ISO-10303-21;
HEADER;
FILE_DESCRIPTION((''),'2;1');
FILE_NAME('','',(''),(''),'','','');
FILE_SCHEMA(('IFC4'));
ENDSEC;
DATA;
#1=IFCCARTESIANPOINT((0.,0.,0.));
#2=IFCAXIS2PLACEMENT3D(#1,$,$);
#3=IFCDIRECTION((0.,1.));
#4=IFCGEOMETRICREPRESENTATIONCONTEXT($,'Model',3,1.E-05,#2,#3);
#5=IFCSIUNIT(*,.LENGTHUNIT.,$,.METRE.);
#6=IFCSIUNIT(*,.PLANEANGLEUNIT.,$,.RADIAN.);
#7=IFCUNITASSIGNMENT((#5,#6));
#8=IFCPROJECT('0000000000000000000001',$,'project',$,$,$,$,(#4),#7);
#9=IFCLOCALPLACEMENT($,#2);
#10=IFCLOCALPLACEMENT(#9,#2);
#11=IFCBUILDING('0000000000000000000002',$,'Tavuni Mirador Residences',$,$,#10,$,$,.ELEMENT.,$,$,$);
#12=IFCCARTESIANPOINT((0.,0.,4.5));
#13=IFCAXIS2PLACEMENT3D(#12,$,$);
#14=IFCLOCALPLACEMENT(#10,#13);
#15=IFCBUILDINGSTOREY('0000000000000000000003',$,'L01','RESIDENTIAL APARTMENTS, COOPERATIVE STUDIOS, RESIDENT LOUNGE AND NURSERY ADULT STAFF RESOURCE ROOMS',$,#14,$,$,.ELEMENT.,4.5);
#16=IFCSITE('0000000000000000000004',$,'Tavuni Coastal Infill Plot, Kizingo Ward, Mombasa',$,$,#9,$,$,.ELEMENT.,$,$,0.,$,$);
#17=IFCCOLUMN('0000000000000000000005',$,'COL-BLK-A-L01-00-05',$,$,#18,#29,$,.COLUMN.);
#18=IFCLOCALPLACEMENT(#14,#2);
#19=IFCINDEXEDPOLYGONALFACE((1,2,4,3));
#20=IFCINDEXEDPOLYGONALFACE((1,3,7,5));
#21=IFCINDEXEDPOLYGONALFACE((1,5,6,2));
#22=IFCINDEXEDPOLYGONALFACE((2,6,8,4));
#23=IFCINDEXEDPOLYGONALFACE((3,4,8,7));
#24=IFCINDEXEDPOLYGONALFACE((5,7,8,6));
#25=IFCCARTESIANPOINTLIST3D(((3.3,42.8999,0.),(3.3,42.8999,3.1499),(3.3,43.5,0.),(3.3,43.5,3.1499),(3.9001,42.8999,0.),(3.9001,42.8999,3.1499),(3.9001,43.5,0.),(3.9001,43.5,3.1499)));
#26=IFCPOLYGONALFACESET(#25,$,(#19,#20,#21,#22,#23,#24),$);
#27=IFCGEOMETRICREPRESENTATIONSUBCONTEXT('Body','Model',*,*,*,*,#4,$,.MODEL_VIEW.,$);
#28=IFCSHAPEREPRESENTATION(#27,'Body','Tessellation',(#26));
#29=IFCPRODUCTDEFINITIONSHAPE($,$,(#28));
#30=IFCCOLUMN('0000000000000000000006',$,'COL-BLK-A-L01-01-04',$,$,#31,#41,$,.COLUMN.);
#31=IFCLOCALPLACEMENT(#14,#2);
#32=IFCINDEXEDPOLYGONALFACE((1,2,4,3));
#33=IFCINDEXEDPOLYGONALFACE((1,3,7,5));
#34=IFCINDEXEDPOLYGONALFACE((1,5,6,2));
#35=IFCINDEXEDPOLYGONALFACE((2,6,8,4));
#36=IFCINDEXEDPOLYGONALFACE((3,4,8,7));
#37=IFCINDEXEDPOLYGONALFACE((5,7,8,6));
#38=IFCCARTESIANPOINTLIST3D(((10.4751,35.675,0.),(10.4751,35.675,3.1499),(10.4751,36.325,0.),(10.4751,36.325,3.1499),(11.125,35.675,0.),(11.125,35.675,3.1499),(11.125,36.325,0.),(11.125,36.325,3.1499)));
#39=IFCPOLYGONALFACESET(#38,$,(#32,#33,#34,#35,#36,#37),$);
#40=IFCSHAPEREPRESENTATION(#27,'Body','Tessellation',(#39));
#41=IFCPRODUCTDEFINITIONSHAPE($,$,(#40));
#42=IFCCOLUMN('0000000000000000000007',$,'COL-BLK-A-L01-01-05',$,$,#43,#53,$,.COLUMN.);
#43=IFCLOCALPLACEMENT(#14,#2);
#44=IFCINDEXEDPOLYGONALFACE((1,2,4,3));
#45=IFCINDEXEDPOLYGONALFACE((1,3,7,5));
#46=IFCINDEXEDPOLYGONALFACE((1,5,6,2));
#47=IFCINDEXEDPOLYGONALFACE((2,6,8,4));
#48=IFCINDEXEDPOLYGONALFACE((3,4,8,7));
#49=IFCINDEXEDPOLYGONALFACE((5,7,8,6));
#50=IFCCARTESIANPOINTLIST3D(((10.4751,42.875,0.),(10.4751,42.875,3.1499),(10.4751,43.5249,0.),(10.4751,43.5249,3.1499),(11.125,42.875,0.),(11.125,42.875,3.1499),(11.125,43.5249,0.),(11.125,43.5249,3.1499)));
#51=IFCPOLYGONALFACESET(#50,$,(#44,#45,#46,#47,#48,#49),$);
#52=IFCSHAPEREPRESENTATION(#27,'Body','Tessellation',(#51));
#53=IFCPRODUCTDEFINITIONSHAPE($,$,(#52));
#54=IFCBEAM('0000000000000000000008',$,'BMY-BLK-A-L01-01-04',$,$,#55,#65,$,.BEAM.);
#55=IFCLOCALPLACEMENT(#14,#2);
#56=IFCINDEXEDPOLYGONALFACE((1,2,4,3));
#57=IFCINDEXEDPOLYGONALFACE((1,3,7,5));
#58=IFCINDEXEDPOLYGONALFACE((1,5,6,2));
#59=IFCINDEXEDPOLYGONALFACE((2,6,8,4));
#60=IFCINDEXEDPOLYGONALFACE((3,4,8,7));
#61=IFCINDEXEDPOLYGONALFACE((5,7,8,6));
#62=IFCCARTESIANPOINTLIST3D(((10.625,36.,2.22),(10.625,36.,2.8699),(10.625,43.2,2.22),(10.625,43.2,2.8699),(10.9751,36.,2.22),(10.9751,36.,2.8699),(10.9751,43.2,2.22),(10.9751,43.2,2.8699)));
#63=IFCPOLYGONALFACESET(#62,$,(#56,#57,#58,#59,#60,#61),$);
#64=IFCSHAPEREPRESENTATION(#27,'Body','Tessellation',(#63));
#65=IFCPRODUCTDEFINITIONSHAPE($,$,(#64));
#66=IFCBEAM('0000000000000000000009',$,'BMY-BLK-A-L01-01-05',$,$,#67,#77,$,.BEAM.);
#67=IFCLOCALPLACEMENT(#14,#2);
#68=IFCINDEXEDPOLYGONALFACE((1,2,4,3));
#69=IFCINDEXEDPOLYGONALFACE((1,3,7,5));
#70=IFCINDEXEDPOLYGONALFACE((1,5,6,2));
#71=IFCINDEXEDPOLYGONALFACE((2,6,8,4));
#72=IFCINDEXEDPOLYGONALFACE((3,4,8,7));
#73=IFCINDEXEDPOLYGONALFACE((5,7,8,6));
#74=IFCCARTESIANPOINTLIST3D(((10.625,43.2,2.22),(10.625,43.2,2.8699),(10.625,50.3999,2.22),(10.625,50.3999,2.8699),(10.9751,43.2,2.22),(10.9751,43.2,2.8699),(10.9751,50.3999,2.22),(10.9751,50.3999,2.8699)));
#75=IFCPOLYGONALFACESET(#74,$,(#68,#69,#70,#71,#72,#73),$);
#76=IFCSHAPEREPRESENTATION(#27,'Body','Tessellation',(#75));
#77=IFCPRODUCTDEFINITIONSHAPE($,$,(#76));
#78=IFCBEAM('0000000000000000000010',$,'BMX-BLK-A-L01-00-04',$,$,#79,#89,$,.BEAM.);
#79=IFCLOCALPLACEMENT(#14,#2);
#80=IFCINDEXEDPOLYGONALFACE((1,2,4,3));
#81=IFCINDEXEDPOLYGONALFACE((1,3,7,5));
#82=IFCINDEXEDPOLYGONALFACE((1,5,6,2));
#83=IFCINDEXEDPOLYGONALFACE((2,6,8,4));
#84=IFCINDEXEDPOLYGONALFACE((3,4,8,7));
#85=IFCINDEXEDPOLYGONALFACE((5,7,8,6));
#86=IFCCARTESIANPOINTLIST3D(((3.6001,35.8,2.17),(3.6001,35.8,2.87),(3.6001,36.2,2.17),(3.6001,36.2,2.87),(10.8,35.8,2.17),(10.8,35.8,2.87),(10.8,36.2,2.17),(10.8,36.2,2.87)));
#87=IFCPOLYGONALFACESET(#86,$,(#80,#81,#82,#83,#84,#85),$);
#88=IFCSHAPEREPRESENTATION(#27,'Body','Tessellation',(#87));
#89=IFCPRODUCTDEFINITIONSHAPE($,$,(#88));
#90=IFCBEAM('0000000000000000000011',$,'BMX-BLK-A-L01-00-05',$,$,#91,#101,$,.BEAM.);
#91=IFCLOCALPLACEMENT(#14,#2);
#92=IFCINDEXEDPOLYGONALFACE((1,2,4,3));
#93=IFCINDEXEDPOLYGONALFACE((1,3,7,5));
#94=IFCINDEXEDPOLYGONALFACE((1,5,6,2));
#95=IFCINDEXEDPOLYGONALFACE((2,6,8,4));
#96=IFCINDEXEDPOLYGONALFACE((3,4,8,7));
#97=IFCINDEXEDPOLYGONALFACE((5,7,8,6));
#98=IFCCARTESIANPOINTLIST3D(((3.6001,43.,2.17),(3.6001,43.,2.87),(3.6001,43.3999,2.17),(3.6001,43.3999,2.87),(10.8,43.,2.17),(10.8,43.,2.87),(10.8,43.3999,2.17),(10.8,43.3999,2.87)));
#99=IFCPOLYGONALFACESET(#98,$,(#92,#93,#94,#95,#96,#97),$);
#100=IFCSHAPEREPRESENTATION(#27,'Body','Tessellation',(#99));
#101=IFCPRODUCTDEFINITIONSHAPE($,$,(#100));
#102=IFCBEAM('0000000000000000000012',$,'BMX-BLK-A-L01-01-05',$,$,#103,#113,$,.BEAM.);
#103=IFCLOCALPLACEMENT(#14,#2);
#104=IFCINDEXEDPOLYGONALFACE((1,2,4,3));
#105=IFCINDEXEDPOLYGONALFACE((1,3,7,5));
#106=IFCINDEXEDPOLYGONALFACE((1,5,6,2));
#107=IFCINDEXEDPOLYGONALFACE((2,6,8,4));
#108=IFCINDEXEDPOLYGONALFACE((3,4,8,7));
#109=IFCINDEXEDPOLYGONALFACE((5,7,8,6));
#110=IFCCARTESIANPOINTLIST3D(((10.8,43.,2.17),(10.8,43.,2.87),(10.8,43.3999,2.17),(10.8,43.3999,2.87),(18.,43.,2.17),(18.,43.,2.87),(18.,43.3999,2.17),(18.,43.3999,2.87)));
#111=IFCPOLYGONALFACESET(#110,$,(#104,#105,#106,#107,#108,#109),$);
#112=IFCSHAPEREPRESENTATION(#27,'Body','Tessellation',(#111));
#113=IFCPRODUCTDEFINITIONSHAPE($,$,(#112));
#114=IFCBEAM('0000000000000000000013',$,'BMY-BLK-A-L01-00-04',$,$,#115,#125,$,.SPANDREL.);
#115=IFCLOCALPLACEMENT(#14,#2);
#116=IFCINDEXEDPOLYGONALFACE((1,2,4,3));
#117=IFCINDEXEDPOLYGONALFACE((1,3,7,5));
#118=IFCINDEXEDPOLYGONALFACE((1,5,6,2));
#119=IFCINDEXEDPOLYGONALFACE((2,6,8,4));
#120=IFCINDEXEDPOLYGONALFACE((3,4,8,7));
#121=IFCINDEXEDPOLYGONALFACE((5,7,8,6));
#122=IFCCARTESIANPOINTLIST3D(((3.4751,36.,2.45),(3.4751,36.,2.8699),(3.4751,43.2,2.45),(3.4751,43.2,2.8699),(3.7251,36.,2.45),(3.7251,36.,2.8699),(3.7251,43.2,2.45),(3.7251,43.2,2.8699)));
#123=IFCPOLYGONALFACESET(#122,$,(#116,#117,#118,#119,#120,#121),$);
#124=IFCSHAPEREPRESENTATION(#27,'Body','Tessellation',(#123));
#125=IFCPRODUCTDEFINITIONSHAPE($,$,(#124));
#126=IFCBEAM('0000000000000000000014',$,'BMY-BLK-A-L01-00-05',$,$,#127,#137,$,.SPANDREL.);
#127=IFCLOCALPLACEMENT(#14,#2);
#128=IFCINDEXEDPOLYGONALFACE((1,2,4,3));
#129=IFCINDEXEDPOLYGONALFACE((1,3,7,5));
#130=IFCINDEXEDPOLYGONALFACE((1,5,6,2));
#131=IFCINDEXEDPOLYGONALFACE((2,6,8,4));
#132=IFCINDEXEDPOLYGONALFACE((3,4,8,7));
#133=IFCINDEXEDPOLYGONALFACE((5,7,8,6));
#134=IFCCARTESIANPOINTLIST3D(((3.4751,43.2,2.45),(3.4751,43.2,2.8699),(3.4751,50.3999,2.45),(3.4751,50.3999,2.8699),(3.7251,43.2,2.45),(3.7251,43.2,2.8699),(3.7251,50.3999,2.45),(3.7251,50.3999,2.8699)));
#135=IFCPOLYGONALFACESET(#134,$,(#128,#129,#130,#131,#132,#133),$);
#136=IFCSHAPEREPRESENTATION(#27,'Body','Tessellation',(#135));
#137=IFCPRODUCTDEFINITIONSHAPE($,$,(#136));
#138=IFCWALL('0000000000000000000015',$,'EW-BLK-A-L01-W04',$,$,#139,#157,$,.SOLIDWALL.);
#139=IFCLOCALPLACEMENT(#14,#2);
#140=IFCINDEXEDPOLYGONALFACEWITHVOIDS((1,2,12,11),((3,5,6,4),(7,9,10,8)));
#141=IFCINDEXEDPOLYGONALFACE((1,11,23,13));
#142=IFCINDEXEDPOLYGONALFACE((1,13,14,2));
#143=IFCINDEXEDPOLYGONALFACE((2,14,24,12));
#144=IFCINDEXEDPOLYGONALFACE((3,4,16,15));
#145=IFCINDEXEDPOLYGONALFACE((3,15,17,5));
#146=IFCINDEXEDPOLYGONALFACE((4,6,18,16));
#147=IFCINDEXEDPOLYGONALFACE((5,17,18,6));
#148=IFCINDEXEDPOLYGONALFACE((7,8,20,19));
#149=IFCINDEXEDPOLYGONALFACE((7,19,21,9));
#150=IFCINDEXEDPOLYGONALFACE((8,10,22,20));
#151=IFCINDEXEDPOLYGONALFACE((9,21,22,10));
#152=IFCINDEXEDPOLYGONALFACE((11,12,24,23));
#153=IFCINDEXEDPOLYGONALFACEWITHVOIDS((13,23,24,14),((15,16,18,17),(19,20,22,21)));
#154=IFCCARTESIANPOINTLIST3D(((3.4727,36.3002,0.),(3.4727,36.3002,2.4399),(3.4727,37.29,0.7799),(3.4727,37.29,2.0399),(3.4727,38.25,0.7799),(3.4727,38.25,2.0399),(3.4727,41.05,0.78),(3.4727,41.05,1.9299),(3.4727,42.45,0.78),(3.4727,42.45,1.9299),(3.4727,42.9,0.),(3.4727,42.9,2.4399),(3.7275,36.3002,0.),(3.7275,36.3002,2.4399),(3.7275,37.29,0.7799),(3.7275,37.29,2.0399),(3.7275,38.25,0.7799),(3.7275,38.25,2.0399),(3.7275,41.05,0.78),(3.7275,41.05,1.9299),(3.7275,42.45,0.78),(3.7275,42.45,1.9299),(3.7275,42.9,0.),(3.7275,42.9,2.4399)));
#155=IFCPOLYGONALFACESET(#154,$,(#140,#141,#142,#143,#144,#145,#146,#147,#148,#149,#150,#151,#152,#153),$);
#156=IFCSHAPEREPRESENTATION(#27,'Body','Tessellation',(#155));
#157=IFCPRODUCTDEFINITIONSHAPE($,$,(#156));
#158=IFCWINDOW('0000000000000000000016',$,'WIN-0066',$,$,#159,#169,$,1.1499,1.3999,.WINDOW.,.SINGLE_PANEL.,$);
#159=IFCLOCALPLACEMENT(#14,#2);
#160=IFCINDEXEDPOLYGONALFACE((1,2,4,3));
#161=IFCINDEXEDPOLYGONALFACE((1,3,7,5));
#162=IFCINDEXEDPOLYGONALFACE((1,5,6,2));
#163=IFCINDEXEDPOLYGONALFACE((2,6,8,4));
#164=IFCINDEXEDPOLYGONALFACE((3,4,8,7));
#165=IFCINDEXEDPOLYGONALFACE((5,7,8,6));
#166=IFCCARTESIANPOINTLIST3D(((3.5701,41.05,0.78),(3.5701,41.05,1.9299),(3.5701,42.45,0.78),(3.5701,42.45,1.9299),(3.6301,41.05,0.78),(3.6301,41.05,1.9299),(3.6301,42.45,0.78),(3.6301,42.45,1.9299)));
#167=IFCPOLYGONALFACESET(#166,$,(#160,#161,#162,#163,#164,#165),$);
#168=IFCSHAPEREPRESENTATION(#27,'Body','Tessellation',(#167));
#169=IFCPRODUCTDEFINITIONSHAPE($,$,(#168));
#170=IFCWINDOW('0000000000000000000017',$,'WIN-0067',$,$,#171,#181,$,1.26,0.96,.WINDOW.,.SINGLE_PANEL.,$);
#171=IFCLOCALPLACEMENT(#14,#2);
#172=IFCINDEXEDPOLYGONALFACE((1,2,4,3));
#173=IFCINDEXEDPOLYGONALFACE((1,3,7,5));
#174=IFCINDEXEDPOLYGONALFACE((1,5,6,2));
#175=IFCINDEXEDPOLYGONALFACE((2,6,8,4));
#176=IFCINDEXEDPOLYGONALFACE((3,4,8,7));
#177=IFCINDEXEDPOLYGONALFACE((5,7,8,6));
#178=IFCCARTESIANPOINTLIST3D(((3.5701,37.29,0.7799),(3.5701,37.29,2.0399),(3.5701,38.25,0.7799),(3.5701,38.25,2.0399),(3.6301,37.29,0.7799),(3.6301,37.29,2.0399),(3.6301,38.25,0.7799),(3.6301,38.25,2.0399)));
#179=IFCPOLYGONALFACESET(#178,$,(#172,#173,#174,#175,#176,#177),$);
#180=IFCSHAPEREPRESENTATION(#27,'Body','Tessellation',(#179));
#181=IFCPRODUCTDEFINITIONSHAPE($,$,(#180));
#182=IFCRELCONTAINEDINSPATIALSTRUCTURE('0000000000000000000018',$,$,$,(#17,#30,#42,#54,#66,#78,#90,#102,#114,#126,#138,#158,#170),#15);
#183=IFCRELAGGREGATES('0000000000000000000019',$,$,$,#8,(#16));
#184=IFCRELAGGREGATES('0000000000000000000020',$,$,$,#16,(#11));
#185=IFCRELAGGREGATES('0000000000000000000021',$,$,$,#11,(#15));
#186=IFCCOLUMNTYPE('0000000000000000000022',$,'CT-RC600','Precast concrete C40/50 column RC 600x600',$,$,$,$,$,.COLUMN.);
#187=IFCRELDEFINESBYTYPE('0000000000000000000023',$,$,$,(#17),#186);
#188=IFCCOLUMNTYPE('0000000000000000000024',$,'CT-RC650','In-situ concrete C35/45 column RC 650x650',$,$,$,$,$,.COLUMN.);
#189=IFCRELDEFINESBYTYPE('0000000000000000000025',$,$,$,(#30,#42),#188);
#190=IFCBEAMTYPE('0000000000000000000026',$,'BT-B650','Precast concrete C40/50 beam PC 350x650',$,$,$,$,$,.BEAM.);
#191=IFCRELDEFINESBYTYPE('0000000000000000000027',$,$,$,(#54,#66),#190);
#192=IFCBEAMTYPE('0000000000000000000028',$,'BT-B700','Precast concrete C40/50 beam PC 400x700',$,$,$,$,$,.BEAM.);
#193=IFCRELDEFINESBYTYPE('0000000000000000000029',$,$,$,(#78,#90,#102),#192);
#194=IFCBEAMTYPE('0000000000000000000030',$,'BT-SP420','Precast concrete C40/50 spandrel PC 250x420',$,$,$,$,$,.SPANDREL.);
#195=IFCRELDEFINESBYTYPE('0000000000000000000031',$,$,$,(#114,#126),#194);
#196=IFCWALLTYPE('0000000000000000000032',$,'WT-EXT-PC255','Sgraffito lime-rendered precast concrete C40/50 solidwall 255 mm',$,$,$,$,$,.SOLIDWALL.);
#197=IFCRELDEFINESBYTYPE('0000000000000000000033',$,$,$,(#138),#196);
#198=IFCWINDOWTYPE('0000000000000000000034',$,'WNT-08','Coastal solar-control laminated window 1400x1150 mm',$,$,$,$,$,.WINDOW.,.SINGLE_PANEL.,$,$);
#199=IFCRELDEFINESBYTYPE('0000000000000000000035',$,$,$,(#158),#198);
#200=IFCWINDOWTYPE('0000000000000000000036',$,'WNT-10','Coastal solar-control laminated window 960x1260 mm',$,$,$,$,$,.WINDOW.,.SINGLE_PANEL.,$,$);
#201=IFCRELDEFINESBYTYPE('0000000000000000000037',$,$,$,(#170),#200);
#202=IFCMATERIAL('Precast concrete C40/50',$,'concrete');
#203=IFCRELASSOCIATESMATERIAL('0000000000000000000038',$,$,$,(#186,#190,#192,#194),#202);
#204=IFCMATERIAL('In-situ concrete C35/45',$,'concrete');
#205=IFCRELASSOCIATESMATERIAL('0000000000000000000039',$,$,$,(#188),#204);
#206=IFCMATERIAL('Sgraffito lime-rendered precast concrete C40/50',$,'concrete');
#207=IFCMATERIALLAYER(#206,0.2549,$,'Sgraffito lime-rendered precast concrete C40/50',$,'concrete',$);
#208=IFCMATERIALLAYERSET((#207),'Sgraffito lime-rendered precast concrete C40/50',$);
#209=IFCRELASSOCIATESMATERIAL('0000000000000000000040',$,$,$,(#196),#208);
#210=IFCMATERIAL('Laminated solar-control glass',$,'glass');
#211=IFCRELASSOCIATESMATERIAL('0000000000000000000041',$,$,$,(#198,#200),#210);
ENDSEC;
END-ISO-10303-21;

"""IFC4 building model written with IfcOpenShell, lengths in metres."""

from ifc_helpers import new_model, si_unit, direction, frame, frame_2d, origin, origin_2d, place, context, subcontext, project, spatial, rectangle, extrude, material, layer, layer_set, material_profile, profile_set, type_object, element, fill, save


model = new_model("IFC4")

# Units and contexts
model_context = context("Model", 3, precision=1e-05, world=origin(), true_north=direction((0.0, 1.0)))
body_context = subcontext(model_context, "Body", "Model", "MODEL_VIEW")
ifc_project = project(units=[si_unit("LENGTHUNIT", "METRE"), si_unit("PLANEANGLEUNIT", "RADIAN")], contexts=[model_context])

# Site, building, storey
site_placement = place(None, origin())
site = spatial("IfcSite", under=ifc_project, at=site_placement, Name="Tavuni Coastal Infill Plot, Kizingo Ward, Mombasa", CompositionType="ELEMENT", RefElevation=0.0)
building_placement = place(site_placement, origin())
building = spatial("IfcBuilding", under=site, at=building_placement, Name="Tavuni Mirador Residences", CompositionType="ELEMENT")
storey_placement = place(building_placement, frame((0.0, 0.0, 4.5)))
storey = spatial("IfcBuildingStorey", under=building, at=storey_placement, Name="L01", Description="RESIDENTIAL APARTMENTS, COOPERATIVE STUDIOS, RESIDENT LOUNGE AND NURSERY ADULT STAFF RESOURCE ROOMS", CompositionType="ELEMENT", Elevation=4.5)

# Columns
ifc_material_1 = material(Name="Precast concrete C40/50", Category="concrete")
ifc_material_profile_1 = material_profile(ifc_material_1, rectangle(XDim=0.6001, YDim=0.6001, at=origin_2d()), Name="RC 600x600", Category="concrete")
ifc_profile_set_1 = profile_set([ifc_material_profile_1], Name="Precast concrete C40/50")
column_type_1 = type_object("IfcColumnType", Name="CT-RC600", Description="Precast concrete C40/50 column RC 600x600", PredefinedType="COLUMN", material=ifc_profile_set_1)
column_placement = place(storey_placement, frame((3.6001, 43.2, 0.0), z_axis=(0.0, 0.0, 1.0), x_axis=(1.0, 0.0, 0.0)))
element("IfcColumn", 1, at=column_placement, inside=storey, type_object=column_type_1, Name="COL-BLK-A-L01-00-05", PredefinedType="COLUMN", context=body_context, shape_type="SweptSolid", body=[
    extrude(rectangle(XDim=0.6001, YDim=0.6001, at=origin_2d()), origin(), (0.0, 0.0, 1.0), 3.1499),
])
ifc_material_2 = material(Name="In-situ concrete C35/45", Category="concrete")
ifc_material_profile_2 = material_profile(ifc_material_2, rectangle(XDim=0.6499, YDim=0.6499, at=origin_2d()), Name="RC 650x650", Category="concrete")
ifc_profile_set_2 = profile_set([ifc_material_profile_2], Name="In-situ concrete C35/45")
column_type_2 = type_object("IfcColumnType", Name="CT-RC650", Description="In-situ concrete C35/45 column RC 650x650", PredefinedType="COLUMN", material=ifc_profile_set_2)
for number, where, z_axis, x_axis, name in (
    (2, (10.8, 36.0, 0.0), (0.0, 0.0, 1.0), (1.0, 0.0, 0.0), "COL-BLK-A-L01-01-04"),
    (3, (10.8, 43.2, 0.0), (0.0, 0.0, 1.0), (1.0, 0.0, 0.0), "COL-BLK-A-L01-01-05"),
):
    element("IfcColumn", number, at=place(storey_placement, frame(where, z_axis=z_axis, x_axis=x_axis)), inside=storey, type_object=column_type_2, Name=name, PredefinedType="COLUMN", context=body_context, shape_type="SweptSolid", body=[
        extrude(rectangle(XDim=0.6499, YDim=0.6499, at=origin_2d()), origin(), (0.0, 0.0, 1.0), 3.1499),
    ])

# Beams
ifc_material_profile_3 = material_profile(ifc_material_1, rectangle(XDim=0.3501, YDim=0.6499, at=origin_2d()), Name="PC 350x650", Category="concrete")
ifc_profile_set_3 = profile_set([ifc_material_profile_3], Name="Precast concrete C40/50")
beam_type_1 = type_object("IfcBeamType", Name="BT-B650", Description="Precast concrete C40/50 beam PC 350x650", PredefinedType="BEAM", material=ifc_profile_set_3)
for number, where, z_axis, x_axis, name in (
    (4, (10.8, 36.0, 2.5449), (0.0, 1.0, 0.0), (-1.0, 0.0, 0.0), "BMY-BLK-A-L01-01-04"),
    (5, (10.8, 43.2, 2.5449), (0.0, 1.0, 0.0), (-1.0, 0.0, 0.0), "BMY-BLK-A-L01-01-05"),
):
    element("IfcBeam", number, at=place(storey_placement, frame(where, z_axis=z_axis, x_axis=x_axis)), inside=storey, type_object=beam_type_1, Name=name, PredefinedType="BEAM", context=body_context, shape_type="SweptSolid", body=[
        extrude(rectangle(XDim=0.3501, YDim=0.6499, at=origin_2d()), origin(), (0.0, 0.0, 1.0), 7.2),
    ])
ifc_material_profile_4 = material_profile(ifc_material_1, rectangle(XDim=0.3999, YDim=0.7, at=origin_2d()), Name="PC 400x700", Category="concrete")
ifc_profile_set_4 = profile_set([ifc_material_profile_4], Name="Precast concrete C40/50")
beam_type_2 = type_object("IfcBeamType", Name="BT-B700", Description="Precast concrete C40/50 beam PC 400x700", PredefinedType="BEAM", material=ifc_profile_set_4)
for number, where, z_axis, x_axis, name in (
    (6, (3.6001, 36.0, 2.52), (1.0, 0.0, 0.0), (0.0, 1.0, 0.0), "BMX-BLK-A-L01-00-04"),
    (7, (3.6001, 43.2, 2.52), (1.0, 0.0, 0.0), (0.0, 1.0, 0.0), "BMX-BLK-A-L01-00-05"),
    (8, (10.8, 43.2, 2.52), (1.0, 0.0, 0.0), (0.0, 1.0, 0.0), "BMX-BLK-A-L01-01-05"),
):
    element("IfcBeam", number, at=place(storey_placement, frame(where, z_axis=z_axis, x_axis=x_axis)), inside=storey, type_object=beam_type_2, Name=name, PredefinedType="BEAM", context=body_context, shape_type="SweptSolid", body=[
        extrude(rectangle(XDim=0.3999, YDim=0.7, at=origin_2d()), origin(), (0.0, 0.0, 1.0), 7.2),
    ])
ifc_material_profile_5 = material_profile(ifc_material_1, rectangle(XDim=0.25, YDim=0.4199, at=origin_2d()), Name="PC 250x420", Category="concrete")
ifc_profile_set_5 = profile_set([ifc_material_profile_5], Name="Precast concrete C40/50")
beam_type_3 = type_object("IfcBeamType", Name="BT-SP420", Description="Precast concrete C40/50 spandrel PC 250x420", PredefinedType="SPANDREL", material=ifc_profile_set_5)
for number, where, z_axis, x_axis, name in (
    (9, (3.6001, 36.0, 2.6599), (0.0, 1.0, 0.0), (-1.0, 0.0, 0.0), "BMY-BLK-A-L01-00-04"),
    (10, (3.6001, 43.2, 2.6599), (0.0, 1.0, 0.0), (-1.0, 0.0, 0.0), "BMY-BLK-A-L01-00-05"),
):
    element("IfcBeam", number, at=place(storey_placement, frame(where, z_axis=z_axis, x_axis=x_axis)), inside=storey, type_object=beam_type_3, Name=name, PredefinedType="SPANDREL", context=body_context, shape_type="SweptSolid", body=[
        extrude(rectangle(XDim=0.25, YDim=0.4199, at=origin_2d()), origin(), (0.0, 0.0, 1.0), 7.2),
    ])

# Wall, openings, windows
ifc_material_3 = material(Name="Sgraffito lime-rendered precast concrete C40/50", Category="concrete")
ifc_layer_1 = layer(ifc_material_3, 0.2549, Name="Sgraffito lime-rendered precast concrete C40/50", Category="concrete")
ifc_layer_set_1 = layer_set([ifc_layer_1], Name="Sgraffito lime-rendered precast concrete C40/50")
wall_type_1 = type_object("IfcWallType", Name="WT-EXT-PC255", Description="Sgraffito lime-rendered precast concrete C40/50 solidwall 255 mm", PredefinedType="SOLIDWALL", material=ifc_layer_set_1)
wall_1_placement = place(storey_placement, frame((3.6001, 42.8999, 0.0), z_axis=(0.0, 0.0, 1.0), x_axis=(0.0, -1.0, 0.0)))
wall_1 = element("IfcWall", 11, at=wall_1_placement, inside=storey, type_object=wall_type_1, Name="EW-BLK-A-L01-W04", PredefinedType="SOLIDWALL", context=body_context, shape_type="SweptSolid", body=[
    extrude(rectangle(XDim=6.5999, YDim=0.2549, at=frame_2d((3.2998, 0.0))), origin(), (0.0, 0.0, 1.0), 2.4399),
])
opening_1_placement = place(wall_1_placement, frame((0.45, 0.0, 0.78)))
opening_1 = element("IfcOpeningElement", 12, at=opening_1_placement, cuts=wall_1, PredefinedType="OPENING", context=body_context, shape_type="SweptSolid", body=[
    extrude(rectangle(XDim=1.3999, YDim=1.1499, at=frame_2d((0.7, 0.575))), frame((0.0, 0.1375, 0.0), z_axis=(0.0, -1.0, 0.0), x_axis=(1.0, 0.0, 0.0)), (0.0, 0.0, 1.0), 0.2749),
])
opening_2_placement = place(wall_1_placement, frame((4.6499, 0.0, 0.78)))
opening_2 = element("IfcOpeningElement", 13, at=opening_2_placement, cuts=wall_1, PredefinedType="OPENING", context=body_context, shape_type="SweptSolid", body=[
    extrude(rectangle(XDim=0.96, YDim=1.26, at=frame_2d((0.48, 0.6299))), frame((0.0, 0.1375, 0.0), z_axis=(0.0, -1.0, 0.0), x_axis=(1.0, 0.0, 0.0)), (0.0, 0.0, 1.0), 0.2749),
])
ifc_material_4 = material(Name="Laminated solar-control glass", Category="glass")
window_type_1 = type_object("IfcWindowType", Name="WNT-08", Description="Coastal solar-control laminated window 1400x1150 mm", PartitioningType="SINGLE_PANEL", PredefinedType="WINDOW", material=ifc_material_4)
window_1_placement = place(opening_1_placement, origin())
window_1 = element("IfcWindow", 14, at=window_1_placement, inside=storey, type_object=window_type_1, Name="WIN-0066", OverallHeight=1.1499, OverallWidth=1.3999, PartitioningType="SINGLE_PANEL", PredefinedType="WINDOW", context=body_context, shape_type="SweptSolid", body=[
    extrude(rectangle(XDim=1.3999, YDim=1.1499, at=frame_2d((0.7, 0.575))), frame((0.0, 0.03, 0.0), z_axis=(0.0, -1.0, 0.0), x_axis=(1.0, 0.0, 0.0)), (0.0, 0.0, 1.0), 0.0601),
])
fill(opening_1, window_1)
window_type_2 = type_object("IfcWindowType", Name="WNT-10", Description="Coastal solar-control laminated window 960x1260 mm", PartitioningType="SINGLE_PANEL", PredefinedType="WINDOW", material=ifc_material_4)
window_2_placement = place(opening_2_placement, origin())
window_2 = element("IfcWindow", 15, at=window_2_placement, inside=storey, type_object=window_type_2, Name="WIN-0067", OverallHeight=1.26, OverallWidth=0.96, PartitioningType="SINGLE_PANEL", PredefinedType="WINDOW", context=body_context, shape_type="SweptSolid", body=[
    extrude(rectangle(XDim=0.96, YDim=1.26, at=frame_2d((0.48, 0.6299))), frame((0.0, 0.03, 0.0), z_axis=(0.0, -1.0, 0.0), x_axis=(1.0, 0.0, 0.0)), (0.0, 0.0, 1.0), 0.0601),
])
fill(opening_2, window_2)

save(model, "model.ifc")
